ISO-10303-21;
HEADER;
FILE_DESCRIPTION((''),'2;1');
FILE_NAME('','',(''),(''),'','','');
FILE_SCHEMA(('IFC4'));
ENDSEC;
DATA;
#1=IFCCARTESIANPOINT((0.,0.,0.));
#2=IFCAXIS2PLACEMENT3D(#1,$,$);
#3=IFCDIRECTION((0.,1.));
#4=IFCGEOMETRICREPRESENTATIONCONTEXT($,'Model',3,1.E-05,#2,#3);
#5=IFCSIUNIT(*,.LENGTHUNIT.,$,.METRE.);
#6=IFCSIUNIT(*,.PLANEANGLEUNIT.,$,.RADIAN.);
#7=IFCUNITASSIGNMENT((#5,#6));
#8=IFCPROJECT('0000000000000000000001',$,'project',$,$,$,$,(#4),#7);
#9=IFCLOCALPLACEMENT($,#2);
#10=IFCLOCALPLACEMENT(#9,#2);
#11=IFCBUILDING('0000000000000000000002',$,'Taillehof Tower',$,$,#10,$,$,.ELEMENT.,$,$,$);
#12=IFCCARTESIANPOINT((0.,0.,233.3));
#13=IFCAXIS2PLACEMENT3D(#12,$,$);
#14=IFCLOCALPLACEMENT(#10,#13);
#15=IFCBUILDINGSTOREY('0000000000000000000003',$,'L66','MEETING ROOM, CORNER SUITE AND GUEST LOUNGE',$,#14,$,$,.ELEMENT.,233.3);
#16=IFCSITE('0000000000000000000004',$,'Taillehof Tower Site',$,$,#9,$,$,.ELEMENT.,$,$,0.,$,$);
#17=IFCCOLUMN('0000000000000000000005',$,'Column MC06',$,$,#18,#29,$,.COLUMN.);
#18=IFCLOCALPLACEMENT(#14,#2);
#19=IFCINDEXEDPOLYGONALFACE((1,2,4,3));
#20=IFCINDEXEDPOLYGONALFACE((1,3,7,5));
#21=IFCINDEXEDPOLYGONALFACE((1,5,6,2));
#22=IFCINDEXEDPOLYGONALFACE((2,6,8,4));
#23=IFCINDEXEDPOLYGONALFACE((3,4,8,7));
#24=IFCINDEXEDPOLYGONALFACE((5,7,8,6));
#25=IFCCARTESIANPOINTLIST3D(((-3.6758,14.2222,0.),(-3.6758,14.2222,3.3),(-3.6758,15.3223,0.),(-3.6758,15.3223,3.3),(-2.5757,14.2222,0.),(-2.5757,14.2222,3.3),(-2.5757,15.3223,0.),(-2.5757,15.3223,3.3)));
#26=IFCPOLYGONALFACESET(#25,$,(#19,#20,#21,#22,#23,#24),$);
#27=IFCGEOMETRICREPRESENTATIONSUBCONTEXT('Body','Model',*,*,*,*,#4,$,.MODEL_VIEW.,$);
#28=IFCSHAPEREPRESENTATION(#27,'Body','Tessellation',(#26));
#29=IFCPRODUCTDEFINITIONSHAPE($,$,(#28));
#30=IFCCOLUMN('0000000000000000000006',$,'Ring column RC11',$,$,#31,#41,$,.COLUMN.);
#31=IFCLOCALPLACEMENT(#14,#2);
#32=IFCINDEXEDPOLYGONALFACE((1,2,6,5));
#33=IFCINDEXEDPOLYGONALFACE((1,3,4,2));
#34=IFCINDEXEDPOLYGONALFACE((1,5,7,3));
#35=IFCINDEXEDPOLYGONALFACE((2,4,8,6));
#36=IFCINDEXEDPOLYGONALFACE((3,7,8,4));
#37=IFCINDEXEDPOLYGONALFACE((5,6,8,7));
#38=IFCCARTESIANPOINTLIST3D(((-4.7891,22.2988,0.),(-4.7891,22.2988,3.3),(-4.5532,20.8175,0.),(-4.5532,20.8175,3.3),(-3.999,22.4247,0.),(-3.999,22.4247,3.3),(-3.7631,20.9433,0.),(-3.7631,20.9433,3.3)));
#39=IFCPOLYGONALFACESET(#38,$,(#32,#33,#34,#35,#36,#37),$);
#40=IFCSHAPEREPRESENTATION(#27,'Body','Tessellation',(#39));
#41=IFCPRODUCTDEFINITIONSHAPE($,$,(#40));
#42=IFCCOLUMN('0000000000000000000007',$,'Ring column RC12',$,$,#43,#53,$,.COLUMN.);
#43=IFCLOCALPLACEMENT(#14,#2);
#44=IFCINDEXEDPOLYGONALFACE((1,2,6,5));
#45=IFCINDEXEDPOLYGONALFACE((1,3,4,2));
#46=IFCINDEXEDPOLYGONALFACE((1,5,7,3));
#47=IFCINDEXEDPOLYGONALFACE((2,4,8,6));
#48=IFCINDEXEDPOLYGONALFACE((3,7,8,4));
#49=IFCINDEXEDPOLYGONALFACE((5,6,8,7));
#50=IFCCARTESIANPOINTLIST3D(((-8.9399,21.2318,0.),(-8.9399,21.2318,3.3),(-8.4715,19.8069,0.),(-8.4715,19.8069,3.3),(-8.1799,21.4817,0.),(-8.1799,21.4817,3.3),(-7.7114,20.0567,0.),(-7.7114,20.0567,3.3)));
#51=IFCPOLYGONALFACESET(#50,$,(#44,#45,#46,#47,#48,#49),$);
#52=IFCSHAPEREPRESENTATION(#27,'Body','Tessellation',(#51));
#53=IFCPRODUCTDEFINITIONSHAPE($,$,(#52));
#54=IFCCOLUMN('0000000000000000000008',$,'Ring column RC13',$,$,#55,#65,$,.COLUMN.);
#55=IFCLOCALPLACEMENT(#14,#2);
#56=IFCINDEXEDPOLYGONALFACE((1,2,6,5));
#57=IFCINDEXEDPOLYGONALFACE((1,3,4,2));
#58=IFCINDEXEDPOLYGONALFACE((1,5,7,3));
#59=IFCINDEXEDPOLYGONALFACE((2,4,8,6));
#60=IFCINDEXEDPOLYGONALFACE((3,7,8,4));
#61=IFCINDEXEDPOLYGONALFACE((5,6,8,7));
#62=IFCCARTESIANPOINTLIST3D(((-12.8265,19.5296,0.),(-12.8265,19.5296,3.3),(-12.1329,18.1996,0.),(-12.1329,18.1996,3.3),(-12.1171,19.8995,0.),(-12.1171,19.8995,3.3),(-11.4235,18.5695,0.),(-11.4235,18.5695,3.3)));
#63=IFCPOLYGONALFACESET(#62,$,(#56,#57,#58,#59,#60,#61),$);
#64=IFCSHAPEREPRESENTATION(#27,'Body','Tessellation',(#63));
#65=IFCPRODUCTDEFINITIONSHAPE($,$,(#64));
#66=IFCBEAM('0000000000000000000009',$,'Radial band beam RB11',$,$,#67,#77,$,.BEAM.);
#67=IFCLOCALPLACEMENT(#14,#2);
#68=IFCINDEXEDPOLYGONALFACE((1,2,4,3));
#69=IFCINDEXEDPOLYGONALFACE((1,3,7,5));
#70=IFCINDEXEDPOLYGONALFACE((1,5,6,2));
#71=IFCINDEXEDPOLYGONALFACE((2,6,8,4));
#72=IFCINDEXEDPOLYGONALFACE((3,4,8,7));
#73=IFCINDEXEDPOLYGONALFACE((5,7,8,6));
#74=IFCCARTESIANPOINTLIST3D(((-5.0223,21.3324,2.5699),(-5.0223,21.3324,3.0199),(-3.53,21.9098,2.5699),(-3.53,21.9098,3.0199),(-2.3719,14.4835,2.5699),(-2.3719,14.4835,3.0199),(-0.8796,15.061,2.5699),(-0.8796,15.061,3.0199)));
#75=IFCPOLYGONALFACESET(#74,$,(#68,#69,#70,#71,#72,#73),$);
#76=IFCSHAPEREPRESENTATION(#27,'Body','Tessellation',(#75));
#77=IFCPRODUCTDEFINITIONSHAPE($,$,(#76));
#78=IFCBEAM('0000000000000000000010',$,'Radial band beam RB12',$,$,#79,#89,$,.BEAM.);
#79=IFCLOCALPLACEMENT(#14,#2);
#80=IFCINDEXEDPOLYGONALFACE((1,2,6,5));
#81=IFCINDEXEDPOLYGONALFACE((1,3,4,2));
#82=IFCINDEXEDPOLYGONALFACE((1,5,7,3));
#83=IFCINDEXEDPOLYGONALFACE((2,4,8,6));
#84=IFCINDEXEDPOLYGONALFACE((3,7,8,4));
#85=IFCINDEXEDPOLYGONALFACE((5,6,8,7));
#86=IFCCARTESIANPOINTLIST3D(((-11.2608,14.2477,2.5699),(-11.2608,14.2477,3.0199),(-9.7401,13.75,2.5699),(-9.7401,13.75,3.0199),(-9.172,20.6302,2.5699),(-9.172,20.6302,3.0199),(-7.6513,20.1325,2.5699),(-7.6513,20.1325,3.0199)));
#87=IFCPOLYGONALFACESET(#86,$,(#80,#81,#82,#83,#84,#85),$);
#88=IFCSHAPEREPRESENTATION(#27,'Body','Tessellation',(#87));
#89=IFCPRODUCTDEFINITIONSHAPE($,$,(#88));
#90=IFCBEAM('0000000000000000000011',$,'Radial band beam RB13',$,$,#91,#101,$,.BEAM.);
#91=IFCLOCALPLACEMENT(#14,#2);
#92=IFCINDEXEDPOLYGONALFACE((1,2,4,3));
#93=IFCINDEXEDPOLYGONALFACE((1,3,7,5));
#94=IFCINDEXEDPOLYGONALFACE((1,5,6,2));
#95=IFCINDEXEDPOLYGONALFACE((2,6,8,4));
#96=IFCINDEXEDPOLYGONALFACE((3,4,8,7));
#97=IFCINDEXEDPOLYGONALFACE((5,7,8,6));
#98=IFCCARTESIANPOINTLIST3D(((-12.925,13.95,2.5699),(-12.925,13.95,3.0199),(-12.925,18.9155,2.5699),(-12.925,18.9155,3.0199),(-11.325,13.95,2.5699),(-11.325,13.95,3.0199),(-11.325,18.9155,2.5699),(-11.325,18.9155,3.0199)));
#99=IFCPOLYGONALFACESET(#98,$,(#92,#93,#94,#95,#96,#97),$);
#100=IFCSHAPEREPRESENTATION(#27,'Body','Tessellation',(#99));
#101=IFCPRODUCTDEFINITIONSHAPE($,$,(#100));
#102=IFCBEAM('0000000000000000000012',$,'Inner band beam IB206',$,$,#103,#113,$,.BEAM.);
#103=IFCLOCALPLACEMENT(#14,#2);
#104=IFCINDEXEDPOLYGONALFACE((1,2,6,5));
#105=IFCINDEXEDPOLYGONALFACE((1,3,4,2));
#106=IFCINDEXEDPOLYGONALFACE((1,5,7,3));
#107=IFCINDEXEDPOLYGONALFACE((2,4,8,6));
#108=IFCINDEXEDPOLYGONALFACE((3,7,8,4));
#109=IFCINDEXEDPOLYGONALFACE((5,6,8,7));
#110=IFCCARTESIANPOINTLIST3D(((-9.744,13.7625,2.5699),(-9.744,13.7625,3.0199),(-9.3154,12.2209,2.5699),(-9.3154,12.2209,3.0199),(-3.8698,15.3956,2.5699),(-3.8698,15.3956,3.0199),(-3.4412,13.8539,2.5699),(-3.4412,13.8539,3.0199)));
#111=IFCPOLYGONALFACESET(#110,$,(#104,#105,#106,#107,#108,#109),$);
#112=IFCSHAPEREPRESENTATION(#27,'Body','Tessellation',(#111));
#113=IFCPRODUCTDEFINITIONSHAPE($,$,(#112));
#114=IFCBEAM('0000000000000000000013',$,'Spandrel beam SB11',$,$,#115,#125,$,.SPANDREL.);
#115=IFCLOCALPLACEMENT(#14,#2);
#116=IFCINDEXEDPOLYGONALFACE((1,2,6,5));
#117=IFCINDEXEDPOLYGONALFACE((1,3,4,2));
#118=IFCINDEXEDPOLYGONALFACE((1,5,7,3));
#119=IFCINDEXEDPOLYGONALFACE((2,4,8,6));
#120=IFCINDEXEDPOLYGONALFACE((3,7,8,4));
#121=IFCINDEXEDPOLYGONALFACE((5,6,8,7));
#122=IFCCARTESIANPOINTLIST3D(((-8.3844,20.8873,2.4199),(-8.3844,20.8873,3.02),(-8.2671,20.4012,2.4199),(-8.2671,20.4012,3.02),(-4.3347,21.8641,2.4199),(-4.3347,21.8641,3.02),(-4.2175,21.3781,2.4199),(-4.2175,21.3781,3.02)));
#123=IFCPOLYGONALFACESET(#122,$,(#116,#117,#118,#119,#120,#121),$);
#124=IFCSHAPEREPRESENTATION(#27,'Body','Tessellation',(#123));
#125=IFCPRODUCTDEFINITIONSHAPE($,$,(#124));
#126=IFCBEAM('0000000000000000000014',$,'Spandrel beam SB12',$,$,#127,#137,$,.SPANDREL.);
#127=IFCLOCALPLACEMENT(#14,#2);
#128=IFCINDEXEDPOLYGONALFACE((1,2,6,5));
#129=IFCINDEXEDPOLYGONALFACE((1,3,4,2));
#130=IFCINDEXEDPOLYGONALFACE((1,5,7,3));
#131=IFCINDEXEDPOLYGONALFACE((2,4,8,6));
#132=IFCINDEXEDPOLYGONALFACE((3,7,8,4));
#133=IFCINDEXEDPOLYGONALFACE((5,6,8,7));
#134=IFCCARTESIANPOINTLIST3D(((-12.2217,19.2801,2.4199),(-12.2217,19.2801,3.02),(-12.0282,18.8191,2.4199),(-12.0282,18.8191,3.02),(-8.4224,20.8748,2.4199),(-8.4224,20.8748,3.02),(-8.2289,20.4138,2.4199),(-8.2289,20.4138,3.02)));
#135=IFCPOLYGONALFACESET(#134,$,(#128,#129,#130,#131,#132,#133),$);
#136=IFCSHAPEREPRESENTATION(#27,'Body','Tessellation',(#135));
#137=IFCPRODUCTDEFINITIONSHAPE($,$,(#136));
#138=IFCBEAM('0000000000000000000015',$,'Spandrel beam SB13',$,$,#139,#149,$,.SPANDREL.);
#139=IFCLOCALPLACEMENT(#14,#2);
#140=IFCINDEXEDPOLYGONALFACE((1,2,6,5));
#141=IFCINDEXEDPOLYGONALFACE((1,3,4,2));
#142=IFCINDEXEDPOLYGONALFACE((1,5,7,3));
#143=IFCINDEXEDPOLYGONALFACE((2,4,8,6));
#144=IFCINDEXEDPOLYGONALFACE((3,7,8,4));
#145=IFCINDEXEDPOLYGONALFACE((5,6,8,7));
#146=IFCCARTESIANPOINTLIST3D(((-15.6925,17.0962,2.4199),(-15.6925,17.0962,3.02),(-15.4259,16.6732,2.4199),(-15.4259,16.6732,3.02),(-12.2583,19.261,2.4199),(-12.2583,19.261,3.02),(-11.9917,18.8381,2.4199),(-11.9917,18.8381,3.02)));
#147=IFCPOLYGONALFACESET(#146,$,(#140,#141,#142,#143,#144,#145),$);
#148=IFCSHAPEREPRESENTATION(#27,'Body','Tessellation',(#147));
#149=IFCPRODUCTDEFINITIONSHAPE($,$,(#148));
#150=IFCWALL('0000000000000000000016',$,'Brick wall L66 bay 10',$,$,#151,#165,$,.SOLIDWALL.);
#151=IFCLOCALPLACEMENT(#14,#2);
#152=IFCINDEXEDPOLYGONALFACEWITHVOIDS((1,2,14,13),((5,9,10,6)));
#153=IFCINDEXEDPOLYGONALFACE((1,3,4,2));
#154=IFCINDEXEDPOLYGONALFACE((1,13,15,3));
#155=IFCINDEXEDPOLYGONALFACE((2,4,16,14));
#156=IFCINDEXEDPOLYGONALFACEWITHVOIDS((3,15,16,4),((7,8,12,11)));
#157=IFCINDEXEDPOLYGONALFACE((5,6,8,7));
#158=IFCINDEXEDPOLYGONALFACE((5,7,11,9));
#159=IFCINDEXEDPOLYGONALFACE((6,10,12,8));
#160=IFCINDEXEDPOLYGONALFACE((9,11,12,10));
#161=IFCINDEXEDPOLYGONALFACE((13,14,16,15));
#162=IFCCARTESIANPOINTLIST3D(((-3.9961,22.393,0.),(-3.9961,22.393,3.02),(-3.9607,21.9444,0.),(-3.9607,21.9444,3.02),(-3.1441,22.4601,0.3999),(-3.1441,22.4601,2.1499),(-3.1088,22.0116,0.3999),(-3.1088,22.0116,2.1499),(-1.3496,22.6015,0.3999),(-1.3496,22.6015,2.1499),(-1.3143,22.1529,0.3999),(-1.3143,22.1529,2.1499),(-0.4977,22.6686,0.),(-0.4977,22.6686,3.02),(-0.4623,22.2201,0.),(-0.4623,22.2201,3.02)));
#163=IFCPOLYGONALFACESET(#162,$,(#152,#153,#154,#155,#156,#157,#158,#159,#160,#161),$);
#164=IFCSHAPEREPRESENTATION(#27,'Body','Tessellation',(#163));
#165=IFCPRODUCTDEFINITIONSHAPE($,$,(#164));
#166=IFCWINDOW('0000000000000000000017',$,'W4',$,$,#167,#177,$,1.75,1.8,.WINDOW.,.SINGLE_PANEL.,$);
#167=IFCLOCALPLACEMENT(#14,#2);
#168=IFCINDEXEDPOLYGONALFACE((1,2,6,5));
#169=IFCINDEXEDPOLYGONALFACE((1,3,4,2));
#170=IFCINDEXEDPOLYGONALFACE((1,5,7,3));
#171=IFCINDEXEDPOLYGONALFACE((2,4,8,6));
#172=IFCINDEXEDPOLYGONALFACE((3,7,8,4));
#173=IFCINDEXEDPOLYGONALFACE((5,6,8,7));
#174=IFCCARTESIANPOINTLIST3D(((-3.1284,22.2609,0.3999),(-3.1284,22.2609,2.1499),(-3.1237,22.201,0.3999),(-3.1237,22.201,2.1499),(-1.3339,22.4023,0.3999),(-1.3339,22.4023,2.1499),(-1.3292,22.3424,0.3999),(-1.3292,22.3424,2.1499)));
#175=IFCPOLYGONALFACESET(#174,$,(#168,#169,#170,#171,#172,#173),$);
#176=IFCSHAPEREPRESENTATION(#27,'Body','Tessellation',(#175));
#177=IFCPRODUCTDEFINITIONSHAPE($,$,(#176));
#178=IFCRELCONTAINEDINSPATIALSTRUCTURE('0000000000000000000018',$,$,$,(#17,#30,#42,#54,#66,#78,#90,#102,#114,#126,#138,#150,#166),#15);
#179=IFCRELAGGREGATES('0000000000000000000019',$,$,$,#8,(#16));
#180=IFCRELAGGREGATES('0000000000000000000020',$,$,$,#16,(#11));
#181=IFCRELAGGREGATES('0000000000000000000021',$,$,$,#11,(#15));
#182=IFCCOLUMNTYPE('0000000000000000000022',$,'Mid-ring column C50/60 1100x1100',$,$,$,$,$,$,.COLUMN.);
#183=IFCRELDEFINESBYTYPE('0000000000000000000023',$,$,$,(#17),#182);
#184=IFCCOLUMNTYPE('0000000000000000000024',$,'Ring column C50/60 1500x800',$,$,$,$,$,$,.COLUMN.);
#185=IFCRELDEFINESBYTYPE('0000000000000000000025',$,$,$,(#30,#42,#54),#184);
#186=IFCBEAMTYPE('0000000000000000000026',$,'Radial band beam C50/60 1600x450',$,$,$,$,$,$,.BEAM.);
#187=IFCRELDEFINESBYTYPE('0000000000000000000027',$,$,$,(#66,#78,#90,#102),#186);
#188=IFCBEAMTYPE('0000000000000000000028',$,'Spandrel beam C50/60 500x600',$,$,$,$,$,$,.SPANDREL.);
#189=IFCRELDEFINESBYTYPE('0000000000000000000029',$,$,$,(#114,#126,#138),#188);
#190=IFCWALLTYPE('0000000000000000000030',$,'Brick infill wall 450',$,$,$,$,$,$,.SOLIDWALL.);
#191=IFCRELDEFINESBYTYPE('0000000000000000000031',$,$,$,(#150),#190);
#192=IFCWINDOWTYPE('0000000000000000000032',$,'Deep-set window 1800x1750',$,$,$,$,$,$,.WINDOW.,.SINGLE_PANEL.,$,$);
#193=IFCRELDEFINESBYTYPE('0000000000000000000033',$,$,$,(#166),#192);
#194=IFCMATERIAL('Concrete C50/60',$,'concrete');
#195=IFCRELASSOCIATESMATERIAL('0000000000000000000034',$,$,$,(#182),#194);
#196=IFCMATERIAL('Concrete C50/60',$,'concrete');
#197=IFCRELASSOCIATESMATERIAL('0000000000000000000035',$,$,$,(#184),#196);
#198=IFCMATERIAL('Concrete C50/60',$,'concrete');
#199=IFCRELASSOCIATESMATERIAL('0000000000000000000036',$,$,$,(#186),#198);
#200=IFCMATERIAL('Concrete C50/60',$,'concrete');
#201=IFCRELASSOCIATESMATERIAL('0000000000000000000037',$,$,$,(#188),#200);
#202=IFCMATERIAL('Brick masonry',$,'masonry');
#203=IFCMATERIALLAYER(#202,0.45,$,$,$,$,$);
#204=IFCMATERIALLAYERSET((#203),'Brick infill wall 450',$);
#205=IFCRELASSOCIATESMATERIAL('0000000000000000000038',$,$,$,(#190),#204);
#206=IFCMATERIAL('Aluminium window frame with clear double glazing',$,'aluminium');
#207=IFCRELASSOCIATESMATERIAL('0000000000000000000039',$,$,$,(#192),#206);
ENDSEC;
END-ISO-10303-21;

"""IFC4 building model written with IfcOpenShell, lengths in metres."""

from ifc_helpers import new_model, si_unit, direction, frame, frame_2d, origin, origin_2d, place, context, subcontext, project, spatial, rectangle, extrude, material, layer, layer_set, material_profile, profile_set, type_object, element, fill, save


model = new_model("IFC4")

# Units and contexts
model_context = context("Model", 3, precision=1e-05, world=origin(), true_north=direction((0.0, 1.0)))
body_context = subcontext(model_context, "Body", "Model", "MODEL_VIEW")
ifc_project = project(units=[si_unit("LENGTHUNIT", "METRE"), si_unit("PLANEANGLEUNIT", "RADIAN")], contexts=[model_context])

# Site, building, storey
site_placement = place(None, origin())
site = spatial("IfcSite", under=ifc_project, at=site_placement, Name="Taillehof Tower Site", CompositionType="ELEMENT", RefElevation=0.0)
building_placement = place(site_placement, origin())
building = spatial("IfcBuilding", under=site, at=building_placement, Name="Taillehof Tower", CompositionType="ELEMENT")
storey_placement = place(building_placement, frame((0.0, 0.0, 233.3)))
storey = spatial("IfcBuildingStorey", under=building, at=storey_placement, Name="L66", Description="MEETING ROOM, CORNER SUITE AND GUEST LOUNGE", CompositionType="ELEMENT", Elevation=233.3)

# Columns
ifc_material_1 = material(Name="Concrete C50/60", Category="concrete")
ifc_material_profile_1 = material_profile(ifc_material_1, rectangle(XDim=1.1001, YDim=1.1001, at=origin_2d()), Name="RC 1100x1100")
ifc_profile_set_1 = profile_set([ifc_material_profile_1], Name="Concrete C50/60")
column_type_1 = type_object("IfcColumnType", Name="Mid-ring column C50/60 1100x1100", PredefinedType="COLUMN", material=ifc_profile_set_1)
column_placement = place(storey_placement, frame((-3.1257, 14.7722, 0.0), z_axis=(0.0, 0.0, 1.0), x_axis=(1.0, 0.0, 0.0)))
element("IfcColumn", 1, at=column_placement, inside=storey, type_object=column_type_1, Name="Column MC06", PredefinedType="COLUMN", context=body_context, shape_type="SweptSolid", body=[
    extrude(rectangle(XDim=1.1001, YDim=1.1001, at=origin_2d()), origin(), (0.0, 0.0, 1.0), 3.3),
])
ifc_material_2 = material(Name="Concrete C50/60", Category="concrete")
ifc_material_profile_2 = material_profile(ifc_material_2, rectangle(XDim=1.5, YDim=0.8, at=origin_2d()), Name="RC 1500x800")
ifc_profile_set_2 = profile_set([ifc_material_profile_2], Name="Concrete C50/60")
column_type_2 = type_object("IfcColumnType", Name="Ring column C50/60 1500x800", PredefinedType="COLUMN", material=ifc_profile_set_2)
for number, where, z_axis, x_axis, name in (
    (2, (-4.2761, 21.6211, 0.0), (0.0, 0.0, 1.0), (-0.157281, 0.987554, 0.0), "Ring column RC11"),
    (3, (-8.3257, 20.6443, 0.0), (0.0, 0.0, 1.0), (-0.312304, 0.949982, 0.0), "Ring column RC12"),
    (4, (-12.125, 19.0496, 0.0), (0.0, 0.0, 1.0), (-0.462384, 0.88668, 0.0), "Ring column RC13"),
):
    element("IfcColumn", number, at=place(storey_placement, frame(where, z_axis=z_axis, x_axis=x_axis)), inside=storey, type_object=column_type_2, Name=name, PredefinedType="COLUMN", context=body_context, shape_type="SweptSolid", body=[
        extrude(rectangle(XDim=1.5, YDim=0.8, at=origin_2d()), origin(), (0.0, 0.0, 1.0), 3.3),
    ])

# Beams
ifc_material_3 = material(Name="Concrete C50/60", Category="concrete")
ifc_material_profile_3 = material_profile(ifc_material_3, rectangle(XDim=1.6001, YDim=0.45, at=origin_2d()), Name="RC 1600x450")
ifc_profile_set_3 = profile_set([ifc_material_profile_3], Name="Concrete C50/60")
beam_type_1 = type_object("IfcBeamType", Name="Radial band beam C50/60 1600x450", PredefinedType="BEAM", material=ifc_profile_set_3)
beam_1_placement = place(storey_placement, frame((-4.2761, 21.6211, 2.7949), z_axis=(0.360901, -0.932604, 0.0), x_axis=(0.932604, 0.360901, 0.0)))
element("IfcBeam", 5, at=beam_1_placement, inside=storey, type_object=beam_type_1, Name="Radial band beam RB11", PredefinedType="BEAM", context=body_context, shape_type="SweptSolid", body=[
    extrude(rectangle(XDim=1.6001, YDim=0.45, at=origin_2d()), origin(), (0.0, 0.0, 1.0), 7.3438),
])
beam_2_placement = place(storey_placement, frame((-8.4116, 20.3813, 2.7949), z_axis=(-0.311043, -0.950396, 0.0), x_axis=(0.950396, -0.311043, 0.0)))
element("IfcBeam", 6, at=beam_2_placement, inside=storey, type_object=beam_type_1, Name="Radial band beam RB12", PredefinedType="BEAM", context=body_context, shape_type="SweptSolid", body=[
    extrude(rectangle(XDim=1.6001, YDim=0.45, at=origin_2d()), origin(), (0.0, 0.0, 1.0), 6.7156),
])
beam_3_placement = place(storey_placement, frame((-12.125, 18.9155, 2.7949), z_axis=(0.0, -1.0, 0.0), x_axis=(1.0, 0.0, 0.0)))
element("IfcBeam", 7, at=beam_3_placement, inside=storey, type_object=beam_type_1, Name="Radial band beam RB13", PredefinedType="BEAM", context=body_context, shape_type="SweptSolid", body=[
    extrude(rectangle(XDim=1.6001, YDim=0.45, at=origin_2d()), origin(), (0.0, 0.0, 1.0), 4.9656),
])
beam_4_placement = place(storey_placement, frame((-3.6555, 14.6248, 2.7949), z_axis=(-0.963459, -0.267855, 0.0), x_axis=(0.267855, -0.963459, 0.0)))
element("IfcBeam", 8, at=beam_4_placement, inside=storey, type_object=beam_type_1, Name="Inner band beam IB206", PredefinedType="BEAM", context=body_context, shape_type="SweptSolid", body=[
    extrude(rectangle(XDim=1.6001, YDim=0.45, at=origin_2d()), origin(), (0.0, 0.0, 1.0), 6.0969),
])
ifc_material_4 = material(Name="Concrete C50/60", Category="concrete")
ifc_material_profile_4 = material_profile(ifc_material_4, rectangle(XDim=0.5, YDim=0.6001, at=origin_2d()), Name="RC 500x600")
ifc_profile_set_4 = profile_set([ifc_material_profile_4], Name="Concrete C50/60")
beam_type_2 = type_object("IfcBeamType", Name="Spandrel beam C50/60 500x600", PredefinedType="SPANDREL", material=ifc_profile_set_4)
beam_5_placement = place(storey_placement, frame((-4.2761, 21.6211, 2.72), z_axis=(-0.972119, -0.234488, 0.0), x_axis=(0.234488, -0.972119, 0.0)))
element("IfcBeam", 9, at=beam_5_placement, inside=storey, type_object=beam_type_2, Name="Spandrel beam SB11", PredefinedType="SPANDREL", context=body_context, shape_type="SweptSolid", body=[
    extrude(rectangle(XDim=0.5, YDim=0.6001, at=origin_2d()), origin(), (0.0, 0.0, 1.0), 4.1658),
])
beam_6_placement = place(storey_placement, frame((-8.3257, 20.6443, 2.72), z_axis=(-0.922068, -0.387029, 0.0), x_axis=(0.387029, -0.922068, 0.0)))
element("IfcBeam", 10, at=beam_6_placement, inside=storey, type_object=beam_type_2, Name="Spandrel beam SB12", PredefinedType="SPANDREL", context=body_context, shape_type="SweptSolid", body=[
    extrude(rectangle(XDim=0.5, YDim=0.6001, at=origin_2d()), origin(), (0.0, 0.0, 1.0), 4.1204),
])
beam_7_placement = place(storey_placement, frame((-12.125, 19.0496, 2.72), z_axis=(-0.845944, -0.533271, 0.0), x_axis=(0.533271, -0.845944, 0.0)))
element("IfcBeam", 11, at=beam_7_placement, inside=storey, type_object=beam_type_2, Name="Spandrel beam SB13", PredefinedType="SPANDREL", context=body_context, shape_type="SweptSolid", body=[
    extrude(rectangle(XDim=0.5, YDim=0.6001, at=origin_2d()), origin(), (0.0, 0.0, 1.0), 4.0596),
])

# Wall, opening, window
ifc_material_5 = material(Name="Brick masonry", Category="masonry")
ifc_layer_1 = layer(ifc_material_5, 0.45)
ifc_layer_set_1 = layer_set([ifc_layer_1], Name="Brick infill wall 450")
wall_type_1 = type_object("IfcWallType", Name="Brick infill wall 450", PredefinedType="SOLIDWALL", material=ifc_layer_set_1)
wall_1_placement = place(storey_placement, frame((-0.48, 22.4443, 0.0), z_axis=(0.0, 0.0, 1.0), x_axis=(-0.996911, -0.078542, 0.0)))
wall_1 = element("IfcWall", 12, at=wall_1_placement, inside=storey, type_object=wall_type_1, Name="Brick wall L66 bay 10", PredefinedType="SOLIDWALL", context=body_context, shape_type="SweptSolid", body=[
    extrude(rectangle(XDim=3.5093, YDim=0.45, at=frame_2d((1.7546, 0.0))), origin(), (0.0, 0.0, 1.0), 3.02),
])
opening_1_placement = place(wall_1_placement, frame((0.8547, 0.0, 0.3999)))
opening_1 = element("IfcOpeningElement", 13, at=opening_1_placement, cuts=wall_1, PredefinedType="OPENING", context=body_context, shape_type="SweptSolid", body=[
    extrude(rectangle(XDim=1.8, YDim=1.75, at=frame_2d((0.8999, 0.875))), frame((0.0, 0.2349, 0.0), z_axis=(0.0, -1.0, 0.0), x_axis=(1.0, 0.0, 0.0)), (0.0, 0.0, 1.0), 0.47),
])
ifc_material_6 = material(Name="Aluminium window frame with clear double glazing", Category="aluminium")
window_type = type_object("IfcWindowType", Name="Deep-set window 1800x1750", PartitioningType="SINGLE_PANEL", PredefinedType="WINDOW", material=ifc_material_6)
window_1_placement = place(opening_1_placement, origin())
window_1 = element("IfcWindow", 14, at=window_1_placement, inside=storey, type_object=window_type, Name="W4", OverallHeight=1.75, OverallWidth=1.8, PartitioningType="SINGLE_PANEL", PredefinedType="WINDOW", context=body_context, shape_type="SweptSolid", body=[
    extrude(rectangle(XDim=1.8, YDim=1.75, at=frame_2d((0.8999, 0.875))), frame((0.0, 0.0349, 0.0), z_axis=(0.0, -1.0, 0.0), x_axis=(1.0, 0.0, 0.0)), (0.0, 0.0, 1.0), 0.0601),
])
fill(opening_1, window_1)

save(model, "model.ifc")
